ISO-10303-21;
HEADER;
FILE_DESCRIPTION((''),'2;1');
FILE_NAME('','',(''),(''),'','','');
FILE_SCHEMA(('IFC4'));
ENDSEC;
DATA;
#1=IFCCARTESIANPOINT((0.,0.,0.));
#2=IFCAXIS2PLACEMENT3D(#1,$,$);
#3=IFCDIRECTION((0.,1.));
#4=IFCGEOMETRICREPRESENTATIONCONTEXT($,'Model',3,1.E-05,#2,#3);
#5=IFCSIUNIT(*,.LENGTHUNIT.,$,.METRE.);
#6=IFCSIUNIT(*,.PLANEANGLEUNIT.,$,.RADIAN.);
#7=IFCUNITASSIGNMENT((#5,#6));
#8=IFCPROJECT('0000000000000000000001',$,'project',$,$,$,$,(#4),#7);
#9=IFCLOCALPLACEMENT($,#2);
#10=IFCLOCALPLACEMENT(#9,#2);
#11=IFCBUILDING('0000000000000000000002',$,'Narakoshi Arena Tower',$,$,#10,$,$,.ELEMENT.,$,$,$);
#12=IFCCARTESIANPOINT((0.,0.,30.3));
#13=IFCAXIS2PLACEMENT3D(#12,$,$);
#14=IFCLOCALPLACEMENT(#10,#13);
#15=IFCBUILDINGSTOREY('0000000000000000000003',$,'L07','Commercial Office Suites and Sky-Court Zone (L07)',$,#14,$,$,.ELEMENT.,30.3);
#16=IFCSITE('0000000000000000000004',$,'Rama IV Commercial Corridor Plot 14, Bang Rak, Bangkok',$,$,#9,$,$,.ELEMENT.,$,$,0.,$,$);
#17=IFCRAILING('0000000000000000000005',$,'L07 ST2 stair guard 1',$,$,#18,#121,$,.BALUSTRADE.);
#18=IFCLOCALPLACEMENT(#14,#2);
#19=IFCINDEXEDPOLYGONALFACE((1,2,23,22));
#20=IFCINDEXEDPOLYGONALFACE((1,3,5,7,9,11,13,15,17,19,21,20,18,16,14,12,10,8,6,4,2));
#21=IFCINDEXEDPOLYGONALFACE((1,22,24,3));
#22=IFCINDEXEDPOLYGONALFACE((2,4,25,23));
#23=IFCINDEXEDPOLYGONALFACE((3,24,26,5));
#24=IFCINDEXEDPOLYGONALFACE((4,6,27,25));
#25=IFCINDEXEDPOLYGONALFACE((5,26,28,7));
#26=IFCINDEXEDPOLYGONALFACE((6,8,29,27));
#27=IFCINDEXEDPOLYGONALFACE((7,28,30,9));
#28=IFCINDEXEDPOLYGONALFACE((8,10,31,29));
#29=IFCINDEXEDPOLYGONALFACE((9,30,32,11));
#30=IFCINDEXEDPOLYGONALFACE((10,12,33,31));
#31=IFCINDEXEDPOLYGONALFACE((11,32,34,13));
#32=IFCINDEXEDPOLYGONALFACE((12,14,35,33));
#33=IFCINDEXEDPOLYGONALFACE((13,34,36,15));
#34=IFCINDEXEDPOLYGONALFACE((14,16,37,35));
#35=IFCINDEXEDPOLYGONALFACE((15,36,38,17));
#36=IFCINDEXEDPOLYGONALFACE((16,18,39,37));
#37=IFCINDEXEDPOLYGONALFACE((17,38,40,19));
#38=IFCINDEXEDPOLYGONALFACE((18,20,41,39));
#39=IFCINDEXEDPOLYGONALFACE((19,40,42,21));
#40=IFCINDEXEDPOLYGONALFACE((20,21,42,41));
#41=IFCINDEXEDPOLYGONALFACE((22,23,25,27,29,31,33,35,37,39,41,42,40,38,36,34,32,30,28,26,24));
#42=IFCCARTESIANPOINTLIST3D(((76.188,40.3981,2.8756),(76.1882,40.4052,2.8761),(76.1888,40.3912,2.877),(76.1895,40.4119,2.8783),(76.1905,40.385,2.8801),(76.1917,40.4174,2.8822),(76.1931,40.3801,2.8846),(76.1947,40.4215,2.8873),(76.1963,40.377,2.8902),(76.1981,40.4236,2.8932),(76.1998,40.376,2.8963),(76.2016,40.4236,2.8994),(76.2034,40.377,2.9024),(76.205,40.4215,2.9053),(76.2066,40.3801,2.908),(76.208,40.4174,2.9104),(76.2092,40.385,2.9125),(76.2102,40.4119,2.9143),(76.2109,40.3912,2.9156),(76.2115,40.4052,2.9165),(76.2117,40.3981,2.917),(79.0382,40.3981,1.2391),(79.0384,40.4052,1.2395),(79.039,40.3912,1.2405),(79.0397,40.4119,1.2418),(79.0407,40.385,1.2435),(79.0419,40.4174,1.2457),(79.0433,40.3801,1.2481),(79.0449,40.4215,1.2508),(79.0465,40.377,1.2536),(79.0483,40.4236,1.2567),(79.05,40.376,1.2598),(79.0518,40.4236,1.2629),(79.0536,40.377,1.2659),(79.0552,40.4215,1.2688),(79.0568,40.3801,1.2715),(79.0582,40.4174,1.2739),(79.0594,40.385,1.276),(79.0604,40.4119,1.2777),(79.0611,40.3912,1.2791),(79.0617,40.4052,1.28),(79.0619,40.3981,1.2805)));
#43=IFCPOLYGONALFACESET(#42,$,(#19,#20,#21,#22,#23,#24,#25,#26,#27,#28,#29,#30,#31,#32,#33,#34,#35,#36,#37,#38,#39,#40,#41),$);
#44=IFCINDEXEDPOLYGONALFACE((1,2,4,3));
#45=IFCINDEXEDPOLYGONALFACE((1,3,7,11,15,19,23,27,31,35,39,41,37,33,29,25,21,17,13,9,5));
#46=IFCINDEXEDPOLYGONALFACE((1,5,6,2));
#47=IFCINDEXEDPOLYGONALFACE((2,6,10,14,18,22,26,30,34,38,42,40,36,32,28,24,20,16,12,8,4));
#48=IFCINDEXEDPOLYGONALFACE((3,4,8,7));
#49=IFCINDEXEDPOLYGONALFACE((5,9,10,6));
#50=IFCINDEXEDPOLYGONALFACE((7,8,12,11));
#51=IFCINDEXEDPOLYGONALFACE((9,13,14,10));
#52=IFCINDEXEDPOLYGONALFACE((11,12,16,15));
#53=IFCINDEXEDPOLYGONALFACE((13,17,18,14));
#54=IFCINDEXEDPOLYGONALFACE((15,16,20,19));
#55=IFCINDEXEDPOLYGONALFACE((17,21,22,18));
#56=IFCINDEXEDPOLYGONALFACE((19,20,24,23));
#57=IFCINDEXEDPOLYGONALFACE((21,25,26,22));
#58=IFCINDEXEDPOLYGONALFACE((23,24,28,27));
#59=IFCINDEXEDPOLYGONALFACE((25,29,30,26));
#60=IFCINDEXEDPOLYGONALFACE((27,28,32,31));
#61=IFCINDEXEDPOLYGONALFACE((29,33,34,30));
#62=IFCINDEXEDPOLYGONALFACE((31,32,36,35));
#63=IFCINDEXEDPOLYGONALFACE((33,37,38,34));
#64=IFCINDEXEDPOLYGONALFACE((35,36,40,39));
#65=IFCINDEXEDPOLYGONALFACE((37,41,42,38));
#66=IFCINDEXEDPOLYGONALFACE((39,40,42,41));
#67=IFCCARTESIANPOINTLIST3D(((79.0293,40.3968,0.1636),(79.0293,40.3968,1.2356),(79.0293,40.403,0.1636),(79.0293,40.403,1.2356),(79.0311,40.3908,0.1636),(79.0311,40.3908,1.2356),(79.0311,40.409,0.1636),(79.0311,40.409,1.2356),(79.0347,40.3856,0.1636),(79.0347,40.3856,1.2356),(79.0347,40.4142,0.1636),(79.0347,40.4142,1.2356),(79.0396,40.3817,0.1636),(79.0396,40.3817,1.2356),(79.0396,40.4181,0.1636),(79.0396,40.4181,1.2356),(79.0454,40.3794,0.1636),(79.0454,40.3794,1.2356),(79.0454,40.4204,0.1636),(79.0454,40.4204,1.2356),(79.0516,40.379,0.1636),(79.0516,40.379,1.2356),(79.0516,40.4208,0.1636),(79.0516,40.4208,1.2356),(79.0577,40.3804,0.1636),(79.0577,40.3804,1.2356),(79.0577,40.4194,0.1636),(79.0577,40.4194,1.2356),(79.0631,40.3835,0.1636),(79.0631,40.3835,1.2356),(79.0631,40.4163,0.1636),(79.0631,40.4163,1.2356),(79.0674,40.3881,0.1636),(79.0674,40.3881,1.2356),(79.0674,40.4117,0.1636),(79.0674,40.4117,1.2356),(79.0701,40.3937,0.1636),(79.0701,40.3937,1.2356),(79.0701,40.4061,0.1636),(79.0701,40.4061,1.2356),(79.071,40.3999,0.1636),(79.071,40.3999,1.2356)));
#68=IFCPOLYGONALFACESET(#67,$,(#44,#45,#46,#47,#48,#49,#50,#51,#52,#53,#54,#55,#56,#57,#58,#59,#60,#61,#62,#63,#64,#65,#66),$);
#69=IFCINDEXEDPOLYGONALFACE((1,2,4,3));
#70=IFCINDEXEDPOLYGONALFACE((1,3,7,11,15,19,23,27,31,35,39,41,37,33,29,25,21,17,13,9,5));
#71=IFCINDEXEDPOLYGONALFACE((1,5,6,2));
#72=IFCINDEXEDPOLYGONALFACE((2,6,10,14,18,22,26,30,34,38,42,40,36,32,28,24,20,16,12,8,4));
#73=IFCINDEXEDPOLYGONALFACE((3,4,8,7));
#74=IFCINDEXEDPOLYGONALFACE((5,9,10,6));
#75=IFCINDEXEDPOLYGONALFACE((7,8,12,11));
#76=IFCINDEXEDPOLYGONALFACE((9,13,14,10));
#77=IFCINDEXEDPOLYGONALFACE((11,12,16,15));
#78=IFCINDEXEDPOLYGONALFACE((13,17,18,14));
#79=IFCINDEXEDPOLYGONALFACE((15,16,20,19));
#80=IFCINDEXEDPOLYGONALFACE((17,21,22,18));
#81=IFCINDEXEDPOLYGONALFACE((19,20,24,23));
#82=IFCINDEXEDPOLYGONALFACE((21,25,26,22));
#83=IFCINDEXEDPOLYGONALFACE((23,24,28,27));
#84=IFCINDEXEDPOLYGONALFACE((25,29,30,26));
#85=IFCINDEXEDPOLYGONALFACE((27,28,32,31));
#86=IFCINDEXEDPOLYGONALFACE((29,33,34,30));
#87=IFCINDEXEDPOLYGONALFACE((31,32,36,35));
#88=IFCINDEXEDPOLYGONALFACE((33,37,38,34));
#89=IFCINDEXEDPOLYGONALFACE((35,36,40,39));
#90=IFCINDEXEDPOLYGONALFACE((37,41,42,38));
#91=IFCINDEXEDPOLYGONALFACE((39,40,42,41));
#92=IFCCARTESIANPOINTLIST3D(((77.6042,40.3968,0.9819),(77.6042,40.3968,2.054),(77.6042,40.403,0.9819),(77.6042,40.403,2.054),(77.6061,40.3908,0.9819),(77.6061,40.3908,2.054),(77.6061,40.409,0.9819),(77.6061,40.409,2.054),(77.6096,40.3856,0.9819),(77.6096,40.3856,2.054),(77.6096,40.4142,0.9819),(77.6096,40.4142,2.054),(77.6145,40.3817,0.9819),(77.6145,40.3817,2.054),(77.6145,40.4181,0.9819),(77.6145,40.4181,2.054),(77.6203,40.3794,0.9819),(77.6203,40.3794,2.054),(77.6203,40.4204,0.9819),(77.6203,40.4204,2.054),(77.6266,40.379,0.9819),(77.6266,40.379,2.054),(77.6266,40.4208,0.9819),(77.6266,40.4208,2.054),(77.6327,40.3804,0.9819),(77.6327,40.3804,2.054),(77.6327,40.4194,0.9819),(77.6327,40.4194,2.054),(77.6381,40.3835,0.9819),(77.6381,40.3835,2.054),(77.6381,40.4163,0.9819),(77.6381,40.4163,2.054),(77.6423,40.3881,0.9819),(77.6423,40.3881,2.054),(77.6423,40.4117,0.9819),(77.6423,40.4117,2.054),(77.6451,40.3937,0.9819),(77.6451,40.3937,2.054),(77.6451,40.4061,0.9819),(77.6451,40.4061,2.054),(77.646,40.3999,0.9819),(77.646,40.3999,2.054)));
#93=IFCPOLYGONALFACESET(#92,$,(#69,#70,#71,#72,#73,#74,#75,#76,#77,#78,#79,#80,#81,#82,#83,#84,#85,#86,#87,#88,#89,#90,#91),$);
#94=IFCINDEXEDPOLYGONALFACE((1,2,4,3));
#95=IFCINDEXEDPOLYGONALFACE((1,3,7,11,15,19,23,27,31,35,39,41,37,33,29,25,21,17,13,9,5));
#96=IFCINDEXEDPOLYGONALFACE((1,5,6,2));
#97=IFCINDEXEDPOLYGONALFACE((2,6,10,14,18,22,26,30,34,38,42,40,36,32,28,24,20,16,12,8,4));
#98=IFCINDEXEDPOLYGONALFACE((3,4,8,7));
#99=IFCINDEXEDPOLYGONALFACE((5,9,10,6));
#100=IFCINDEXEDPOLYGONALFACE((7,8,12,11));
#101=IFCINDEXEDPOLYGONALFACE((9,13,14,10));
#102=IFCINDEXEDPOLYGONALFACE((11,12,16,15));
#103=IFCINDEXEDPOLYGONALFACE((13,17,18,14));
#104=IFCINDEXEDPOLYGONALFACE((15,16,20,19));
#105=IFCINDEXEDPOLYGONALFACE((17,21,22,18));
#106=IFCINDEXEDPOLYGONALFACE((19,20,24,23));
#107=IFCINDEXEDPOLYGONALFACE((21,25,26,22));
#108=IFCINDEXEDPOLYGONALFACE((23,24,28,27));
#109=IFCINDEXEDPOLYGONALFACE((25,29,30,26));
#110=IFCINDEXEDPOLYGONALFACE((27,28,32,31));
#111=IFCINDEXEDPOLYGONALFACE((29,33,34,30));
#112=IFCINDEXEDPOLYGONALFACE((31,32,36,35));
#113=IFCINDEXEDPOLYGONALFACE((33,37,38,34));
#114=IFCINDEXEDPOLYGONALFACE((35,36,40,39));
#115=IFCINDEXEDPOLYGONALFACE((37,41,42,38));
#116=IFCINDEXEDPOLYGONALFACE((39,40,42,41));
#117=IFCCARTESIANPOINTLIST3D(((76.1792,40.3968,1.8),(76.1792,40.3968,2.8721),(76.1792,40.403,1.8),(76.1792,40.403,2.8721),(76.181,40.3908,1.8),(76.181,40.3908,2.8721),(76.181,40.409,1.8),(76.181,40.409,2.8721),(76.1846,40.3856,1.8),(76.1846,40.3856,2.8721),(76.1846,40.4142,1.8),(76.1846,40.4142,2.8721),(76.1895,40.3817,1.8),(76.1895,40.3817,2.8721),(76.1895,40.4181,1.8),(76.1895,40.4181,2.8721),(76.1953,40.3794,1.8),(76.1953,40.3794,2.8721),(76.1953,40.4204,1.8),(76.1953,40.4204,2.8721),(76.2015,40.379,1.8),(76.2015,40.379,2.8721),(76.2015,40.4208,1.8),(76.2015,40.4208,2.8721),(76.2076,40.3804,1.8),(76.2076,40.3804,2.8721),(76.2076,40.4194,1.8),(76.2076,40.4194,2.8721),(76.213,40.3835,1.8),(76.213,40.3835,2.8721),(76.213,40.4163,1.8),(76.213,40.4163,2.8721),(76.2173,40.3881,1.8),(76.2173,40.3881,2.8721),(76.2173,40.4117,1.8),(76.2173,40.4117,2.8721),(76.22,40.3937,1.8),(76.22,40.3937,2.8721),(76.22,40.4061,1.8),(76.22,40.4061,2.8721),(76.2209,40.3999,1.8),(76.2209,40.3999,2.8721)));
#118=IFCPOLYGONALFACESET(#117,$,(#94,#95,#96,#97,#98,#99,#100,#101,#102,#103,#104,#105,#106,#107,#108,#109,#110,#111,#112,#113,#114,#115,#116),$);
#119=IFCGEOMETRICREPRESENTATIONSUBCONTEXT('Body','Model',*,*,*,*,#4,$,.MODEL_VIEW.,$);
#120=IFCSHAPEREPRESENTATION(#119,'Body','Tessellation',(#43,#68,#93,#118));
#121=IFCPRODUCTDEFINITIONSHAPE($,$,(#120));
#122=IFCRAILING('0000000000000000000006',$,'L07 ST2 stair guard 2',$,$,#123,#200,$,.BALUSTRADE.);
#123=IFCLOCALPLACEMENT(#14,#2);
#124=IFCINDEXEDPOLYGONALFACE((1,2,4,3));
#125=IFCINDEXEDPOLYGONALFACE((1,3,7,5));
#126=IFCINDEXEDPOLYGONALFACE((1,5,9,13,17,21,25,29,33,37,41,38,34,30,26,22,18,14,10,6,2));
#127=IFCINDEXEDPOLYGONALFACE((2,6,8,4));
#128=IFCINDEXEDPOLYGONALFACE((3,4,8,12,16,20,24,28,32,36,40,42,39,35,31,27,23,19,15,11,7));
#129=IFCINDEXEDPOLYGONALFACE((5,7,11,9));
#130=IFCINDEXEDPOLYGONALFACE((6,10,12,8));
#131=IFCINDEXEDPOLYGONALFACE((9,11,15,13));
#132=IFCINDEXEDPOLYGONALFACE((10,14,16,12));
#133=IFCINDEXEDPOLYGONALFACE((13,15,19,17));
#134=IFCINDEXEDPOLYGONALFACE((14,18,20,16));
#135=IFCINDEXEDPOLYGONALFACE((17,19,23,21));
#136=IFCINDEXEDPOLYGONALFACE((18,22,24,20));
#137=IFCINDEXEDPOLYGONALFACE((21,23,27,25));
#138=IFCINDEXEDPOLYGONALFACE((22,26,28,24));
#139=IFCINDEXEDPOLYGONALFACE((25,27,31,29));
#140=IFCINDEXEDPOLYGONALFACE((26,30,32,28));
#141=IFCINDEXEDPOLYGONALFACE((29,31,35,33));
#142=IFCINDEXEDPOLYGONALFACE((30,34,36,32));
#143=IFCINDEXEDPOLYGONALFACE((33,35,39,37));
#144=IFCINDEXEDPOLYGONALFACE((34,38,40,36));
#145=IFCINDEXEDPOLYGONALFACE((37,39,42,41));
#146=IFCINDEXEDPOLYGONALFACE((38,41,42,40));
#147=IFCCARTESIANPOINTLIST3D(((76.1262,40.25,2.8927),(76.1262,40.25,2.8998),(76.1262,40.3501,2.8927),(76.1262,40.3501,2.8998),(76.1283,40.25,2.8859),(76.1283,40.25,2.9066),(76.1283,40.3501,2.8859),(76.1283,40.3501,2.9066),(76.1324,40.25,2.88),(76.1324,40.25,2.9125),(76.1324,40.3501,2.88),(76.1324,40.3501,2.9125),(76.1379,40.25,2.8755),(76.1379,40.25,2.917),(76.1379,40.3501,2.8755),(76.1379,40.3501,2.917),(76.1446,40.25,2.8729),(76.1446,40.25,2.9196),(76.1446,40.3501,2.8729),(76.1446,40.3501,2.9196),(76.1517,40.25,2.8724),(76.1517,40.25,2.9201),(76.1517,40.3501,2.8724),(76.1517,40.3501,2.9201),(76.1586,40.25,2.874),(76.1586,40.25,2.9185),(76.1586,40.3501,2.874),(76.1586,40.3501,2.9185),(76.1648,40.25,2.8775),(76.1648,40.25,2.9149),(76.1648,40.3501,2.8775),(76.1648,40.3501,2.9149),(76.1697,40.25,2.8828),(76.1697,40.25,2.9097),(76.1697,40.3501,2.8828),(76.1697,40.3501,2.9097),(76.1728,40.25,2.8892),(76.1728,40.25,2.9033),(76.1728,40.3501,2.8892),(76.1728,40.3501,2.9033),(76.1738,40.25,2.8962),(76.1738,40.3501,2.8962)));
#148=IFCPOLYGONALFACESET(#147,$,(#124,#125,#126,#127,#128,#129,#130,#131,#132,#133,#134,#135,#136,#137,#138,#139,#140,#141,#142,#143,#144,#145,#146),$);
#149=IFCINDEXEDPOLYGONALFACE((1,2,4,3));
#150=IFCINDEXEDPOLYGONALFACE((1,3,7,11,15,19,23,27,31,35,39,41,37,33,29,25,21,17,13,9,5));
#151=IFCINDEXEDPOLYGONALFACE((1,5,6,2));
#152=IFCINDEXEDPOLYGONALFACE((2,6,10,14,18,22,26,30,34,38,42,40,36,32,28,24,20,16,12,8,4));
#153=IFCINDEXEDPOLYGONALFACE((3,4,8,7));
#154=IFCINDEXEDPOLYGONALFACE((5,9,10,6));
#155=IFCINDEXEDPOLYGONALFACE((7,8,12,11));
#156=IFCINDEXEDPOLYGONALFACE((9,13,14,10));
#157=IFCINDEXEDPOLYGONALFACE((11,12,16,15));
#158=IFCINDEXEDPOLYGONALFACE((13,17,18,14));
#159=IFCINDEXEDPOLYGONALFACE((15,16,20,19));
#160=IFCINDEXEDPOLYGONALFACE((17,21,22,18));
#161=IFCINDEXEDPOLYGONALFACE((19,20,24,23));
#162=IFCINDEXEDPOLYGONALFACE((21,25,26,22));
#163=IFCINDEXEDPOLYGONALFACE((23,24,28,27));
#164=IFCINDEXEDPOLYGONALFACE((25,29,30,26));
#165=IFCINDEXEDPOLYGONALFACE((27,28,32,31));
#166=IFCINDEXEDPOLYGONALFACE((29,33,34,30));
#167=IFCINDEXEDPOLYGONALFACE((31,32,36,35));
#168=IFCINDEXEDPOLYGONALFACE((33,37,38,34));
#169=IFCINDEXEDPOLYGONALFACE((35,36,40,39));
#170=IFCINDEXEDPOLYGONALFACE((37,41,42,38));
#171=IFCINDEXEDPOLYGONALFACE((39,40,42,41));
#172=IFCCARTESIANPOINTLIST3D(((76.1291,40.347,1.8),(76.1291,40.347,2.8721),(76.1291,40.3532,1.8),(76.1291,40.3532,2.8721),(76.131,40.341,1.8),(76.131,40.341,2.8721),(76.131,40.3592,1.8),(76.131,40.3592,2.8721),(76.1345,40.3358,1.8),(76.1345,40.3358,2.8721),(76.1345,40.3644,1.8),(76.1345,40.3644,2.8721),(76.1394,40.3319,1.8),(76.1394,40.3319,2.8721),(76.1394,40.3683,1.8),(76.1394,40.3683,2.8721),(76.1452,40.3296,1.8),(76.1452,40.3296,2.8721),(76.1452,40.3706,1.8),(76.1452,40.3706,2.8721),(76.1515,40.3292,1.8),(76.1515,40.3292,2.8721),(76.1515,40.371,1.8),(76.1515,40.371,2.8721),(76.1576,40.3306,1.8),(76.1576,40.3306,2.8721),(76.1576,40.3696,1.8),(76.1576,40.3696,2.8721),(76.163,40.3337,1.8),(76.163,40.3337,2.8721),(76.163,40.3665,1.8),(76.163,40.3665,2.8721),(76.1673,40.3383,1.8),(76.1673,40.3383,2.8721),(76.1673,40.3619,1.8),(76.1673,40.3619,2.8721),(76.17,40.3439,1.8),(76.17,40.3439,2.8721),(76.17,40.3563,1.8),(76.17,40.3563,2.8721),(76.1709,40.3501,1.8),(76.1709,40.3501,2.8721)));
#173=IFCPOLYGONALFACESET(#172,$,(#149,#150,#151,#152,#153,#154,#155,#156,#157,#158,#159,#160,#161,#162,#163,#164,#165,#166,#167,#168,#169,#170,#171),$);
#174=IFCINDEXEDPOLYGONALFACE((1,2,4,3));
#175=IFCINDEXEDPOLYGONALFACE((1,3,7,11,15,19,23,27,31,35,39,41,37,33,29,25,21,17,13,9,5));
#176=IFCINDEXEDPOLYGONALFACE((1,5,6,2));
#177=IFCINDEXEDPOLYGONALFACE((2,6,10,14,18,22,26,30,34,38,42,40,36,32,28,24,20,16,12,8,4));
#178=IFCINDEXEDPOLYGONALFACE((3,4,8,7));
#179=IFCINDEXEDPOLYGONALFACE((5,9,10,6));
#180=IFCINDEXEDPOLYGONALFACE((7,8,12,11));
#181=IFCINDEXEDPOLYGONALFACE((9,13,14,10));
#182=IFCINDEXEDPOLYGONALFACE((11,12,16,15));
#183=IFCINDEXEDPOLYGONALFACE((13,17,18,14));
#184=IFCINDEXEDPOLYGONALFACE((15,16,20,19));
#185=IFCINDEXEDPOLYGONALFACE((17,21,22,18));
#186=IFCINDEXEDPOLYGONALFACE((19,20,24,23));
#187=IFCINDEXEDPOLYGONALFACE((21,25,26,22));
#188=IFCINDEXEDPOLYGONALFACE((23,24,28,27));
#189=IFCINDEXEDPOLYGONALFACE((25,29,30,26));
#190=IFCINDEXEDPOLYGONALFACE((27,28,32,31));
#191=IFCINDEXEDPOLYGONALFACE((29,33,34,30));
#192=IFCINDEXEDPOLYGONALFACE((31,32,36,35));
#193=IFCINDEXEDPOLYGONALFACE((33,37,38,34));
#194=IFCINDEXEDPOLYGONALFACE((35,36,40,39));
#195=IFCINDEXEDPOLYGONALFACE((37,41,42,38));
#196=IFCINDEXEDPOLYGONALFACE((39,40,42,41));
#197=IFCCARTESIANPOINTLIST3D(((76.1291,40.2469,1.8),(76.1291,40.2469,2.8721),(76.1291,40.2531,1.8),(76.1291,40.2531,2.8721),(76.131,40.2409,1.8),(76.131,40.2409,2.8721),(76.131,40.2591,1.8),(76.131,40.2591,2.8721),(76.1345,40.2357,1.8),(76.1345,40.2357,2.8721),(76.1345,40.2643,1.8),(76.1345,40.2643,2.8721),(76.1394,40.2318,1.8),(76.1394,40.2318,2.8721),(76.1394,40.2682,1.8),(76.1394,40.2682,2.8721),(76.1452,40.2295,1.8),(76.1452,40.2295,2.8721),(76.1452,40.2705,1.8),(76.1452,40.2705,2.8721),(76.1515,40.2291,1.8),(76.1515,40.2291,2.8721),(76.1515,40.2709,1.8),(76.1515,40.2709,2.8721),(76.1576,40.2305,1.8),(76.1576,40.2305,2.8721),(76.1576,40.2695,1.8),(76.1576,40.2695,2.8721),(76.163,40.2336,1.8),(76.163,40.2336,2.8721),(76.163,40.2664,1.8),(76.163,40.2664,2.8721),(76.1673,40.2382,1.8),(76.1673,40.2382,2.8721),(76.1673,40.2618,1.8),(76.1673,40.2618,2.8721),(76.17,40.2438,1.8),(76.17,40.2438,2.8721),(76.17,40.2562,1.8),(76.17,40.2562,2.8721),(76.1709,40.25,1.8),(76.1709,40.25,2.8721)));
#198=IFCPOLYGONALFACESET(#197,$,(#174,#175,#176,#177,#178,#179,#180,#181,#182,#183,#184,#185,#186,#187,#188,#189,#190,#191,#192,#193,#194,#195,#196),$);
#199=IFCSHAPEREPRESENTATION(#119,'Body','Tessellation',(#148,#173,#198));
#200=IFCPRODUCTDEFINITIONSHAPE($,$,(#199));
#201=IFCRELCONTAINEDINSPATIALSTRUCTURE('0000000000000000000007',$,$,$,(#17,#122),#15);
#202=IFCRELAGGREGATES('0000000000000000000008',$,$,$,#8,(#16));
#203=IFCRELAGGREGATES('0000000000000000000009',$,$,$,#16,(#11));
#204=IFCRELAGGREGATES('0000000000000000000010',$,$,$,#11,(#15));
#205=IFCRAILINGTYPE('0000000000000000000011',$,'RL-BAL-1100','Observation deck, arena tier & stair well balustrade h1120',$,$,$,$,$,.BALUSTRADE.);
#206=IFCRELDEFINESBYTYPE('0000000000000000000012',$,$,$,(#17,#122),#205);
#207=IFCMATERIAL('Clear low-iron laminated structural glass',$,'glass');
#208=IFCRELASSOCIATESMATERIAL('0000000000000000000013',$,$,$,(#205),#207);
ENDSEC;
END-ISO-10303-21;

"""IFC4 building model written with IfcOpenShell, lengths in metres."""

from ifc_helpers import new_model, si_unit, direction, frame, origin, origin_2d, place, context, subcontext, project, spatial, circle, extrude, material, type_object, element, save


model = new_model("IFC4")

# Units and contexts
model_context = context("Model", 3, precision=1e-05, world=origin(), true_north=direction((0.0, 1.0)))
body_context = subcontext(model_context, "Body", "Model", "MODEL_VIEW")
ifc_project = project(units=[si_unit("LENGTHUNIT", "METRE"), si_unit("PLANEANGLEUNIT", "RADIAN")], contexts=[model_context])

# Site, building, storey
site_placement = place(None, origin())
site = spatial("IfcSite", under=ifc_project, at=site_placement, Name="Rama IV Commercial Corridor Plot 14, Bang Rak, Bangkok", CompositionType="ELEMENT", RefElevation=0.0)
building_placement = place(site_placement, origin())
building = spatial("IfcBuilding", under=site, at=building_placement, Name="Narakoshi Arena Tower", CompositionType="ELEMENT")
storey_placement = place(building_placement, frame((0.0, 0.0, 30.3)))
storey = spatial("IfcBuildingStorey", under=building, at=storey_placement, Name="L07", Description="Commercial Office Suites and Sky-Court Zone (L07)", CompositionType="ELEMENT", Elevation=30.3)

# Railings
ifc_material_1 = material(Name="Clear low-iron laminated structural glass", Category="glass")
railing_type_1 = type_object("IfcRailingType", Name="RL-BAL-1100", Description="Observation deck, arena tier & stair well balustrade h1120", PredefinedType="BALUSTRADE", material=ifc_material_1)
railing_1_placement = place(storey_placement, frame((79.05, 40.3999, 0.1636)))
element("IfcRailing", 1, at=railing_1_placement, inside=storey, type_object=railing_type_1, Name="L07 ST2 stair guard 1", PredefinedType="BALUSTRADE", context=body_context, shape_type="SweptSolid", body=[
    extrude(circle(Radius=0.0239, at=origin_2d()), frame((0.0, 0.0, 1.0962), z_axis=(-0.867213, 0.0, 0.497938), x_axis=(0.0, -1.0, 0.0)), (0.0, 0.0, 1.0), 3.2866),
    extrude(circle(Radius=0.021, at=origin_2d()), origin(), (0.0, 0.0, 1.0), 1.072),
    extrude(circle(Radius=0.021, at=origin_2d()), frame((-1.425, 0.0, 0.8184)), (0.0, 0.0, 1.0), 1.072),
    extrude(circle(Radius=0.021, at=origin_2d()), frame((-2.8501, 0.0, 1.6365)), (0.0, 0.0, 1.0), 1.072),
])
railing_2_placement = place(storey_placement, frame((76.1499, 40.3501, 1.8)))
element("IfcRailing", 2, at=railing_2_placement, inside=storey, type_object=railing_type_1, Name="L07 ST2 stair guard 2", PredefinedType="BALUSTRADE", context=body_context, shape_type="SweptSolid", body=[
    extrude(circle(Radius=0.0239, at=origin_2d()), frame((0.0, 0.0, 1.0962), z_axis=(0.0, -1.0, 0.0), x_axis=(1.0, 0.0, 0.0)), (0.0, 0.0, 1.0), 0.1001),
    extrude(circle(Radius=0.021, at=origin_2d()), origin(), (0.0, 0.0, 1.0), 1.072),
    extrude(circle(Radius=0.021, at=origin_2d()), frame((0.0, -0.1001, 0.0)), (0.0, 0.0, 1.0), 1.072),
])

save(model, "model.ifc")
